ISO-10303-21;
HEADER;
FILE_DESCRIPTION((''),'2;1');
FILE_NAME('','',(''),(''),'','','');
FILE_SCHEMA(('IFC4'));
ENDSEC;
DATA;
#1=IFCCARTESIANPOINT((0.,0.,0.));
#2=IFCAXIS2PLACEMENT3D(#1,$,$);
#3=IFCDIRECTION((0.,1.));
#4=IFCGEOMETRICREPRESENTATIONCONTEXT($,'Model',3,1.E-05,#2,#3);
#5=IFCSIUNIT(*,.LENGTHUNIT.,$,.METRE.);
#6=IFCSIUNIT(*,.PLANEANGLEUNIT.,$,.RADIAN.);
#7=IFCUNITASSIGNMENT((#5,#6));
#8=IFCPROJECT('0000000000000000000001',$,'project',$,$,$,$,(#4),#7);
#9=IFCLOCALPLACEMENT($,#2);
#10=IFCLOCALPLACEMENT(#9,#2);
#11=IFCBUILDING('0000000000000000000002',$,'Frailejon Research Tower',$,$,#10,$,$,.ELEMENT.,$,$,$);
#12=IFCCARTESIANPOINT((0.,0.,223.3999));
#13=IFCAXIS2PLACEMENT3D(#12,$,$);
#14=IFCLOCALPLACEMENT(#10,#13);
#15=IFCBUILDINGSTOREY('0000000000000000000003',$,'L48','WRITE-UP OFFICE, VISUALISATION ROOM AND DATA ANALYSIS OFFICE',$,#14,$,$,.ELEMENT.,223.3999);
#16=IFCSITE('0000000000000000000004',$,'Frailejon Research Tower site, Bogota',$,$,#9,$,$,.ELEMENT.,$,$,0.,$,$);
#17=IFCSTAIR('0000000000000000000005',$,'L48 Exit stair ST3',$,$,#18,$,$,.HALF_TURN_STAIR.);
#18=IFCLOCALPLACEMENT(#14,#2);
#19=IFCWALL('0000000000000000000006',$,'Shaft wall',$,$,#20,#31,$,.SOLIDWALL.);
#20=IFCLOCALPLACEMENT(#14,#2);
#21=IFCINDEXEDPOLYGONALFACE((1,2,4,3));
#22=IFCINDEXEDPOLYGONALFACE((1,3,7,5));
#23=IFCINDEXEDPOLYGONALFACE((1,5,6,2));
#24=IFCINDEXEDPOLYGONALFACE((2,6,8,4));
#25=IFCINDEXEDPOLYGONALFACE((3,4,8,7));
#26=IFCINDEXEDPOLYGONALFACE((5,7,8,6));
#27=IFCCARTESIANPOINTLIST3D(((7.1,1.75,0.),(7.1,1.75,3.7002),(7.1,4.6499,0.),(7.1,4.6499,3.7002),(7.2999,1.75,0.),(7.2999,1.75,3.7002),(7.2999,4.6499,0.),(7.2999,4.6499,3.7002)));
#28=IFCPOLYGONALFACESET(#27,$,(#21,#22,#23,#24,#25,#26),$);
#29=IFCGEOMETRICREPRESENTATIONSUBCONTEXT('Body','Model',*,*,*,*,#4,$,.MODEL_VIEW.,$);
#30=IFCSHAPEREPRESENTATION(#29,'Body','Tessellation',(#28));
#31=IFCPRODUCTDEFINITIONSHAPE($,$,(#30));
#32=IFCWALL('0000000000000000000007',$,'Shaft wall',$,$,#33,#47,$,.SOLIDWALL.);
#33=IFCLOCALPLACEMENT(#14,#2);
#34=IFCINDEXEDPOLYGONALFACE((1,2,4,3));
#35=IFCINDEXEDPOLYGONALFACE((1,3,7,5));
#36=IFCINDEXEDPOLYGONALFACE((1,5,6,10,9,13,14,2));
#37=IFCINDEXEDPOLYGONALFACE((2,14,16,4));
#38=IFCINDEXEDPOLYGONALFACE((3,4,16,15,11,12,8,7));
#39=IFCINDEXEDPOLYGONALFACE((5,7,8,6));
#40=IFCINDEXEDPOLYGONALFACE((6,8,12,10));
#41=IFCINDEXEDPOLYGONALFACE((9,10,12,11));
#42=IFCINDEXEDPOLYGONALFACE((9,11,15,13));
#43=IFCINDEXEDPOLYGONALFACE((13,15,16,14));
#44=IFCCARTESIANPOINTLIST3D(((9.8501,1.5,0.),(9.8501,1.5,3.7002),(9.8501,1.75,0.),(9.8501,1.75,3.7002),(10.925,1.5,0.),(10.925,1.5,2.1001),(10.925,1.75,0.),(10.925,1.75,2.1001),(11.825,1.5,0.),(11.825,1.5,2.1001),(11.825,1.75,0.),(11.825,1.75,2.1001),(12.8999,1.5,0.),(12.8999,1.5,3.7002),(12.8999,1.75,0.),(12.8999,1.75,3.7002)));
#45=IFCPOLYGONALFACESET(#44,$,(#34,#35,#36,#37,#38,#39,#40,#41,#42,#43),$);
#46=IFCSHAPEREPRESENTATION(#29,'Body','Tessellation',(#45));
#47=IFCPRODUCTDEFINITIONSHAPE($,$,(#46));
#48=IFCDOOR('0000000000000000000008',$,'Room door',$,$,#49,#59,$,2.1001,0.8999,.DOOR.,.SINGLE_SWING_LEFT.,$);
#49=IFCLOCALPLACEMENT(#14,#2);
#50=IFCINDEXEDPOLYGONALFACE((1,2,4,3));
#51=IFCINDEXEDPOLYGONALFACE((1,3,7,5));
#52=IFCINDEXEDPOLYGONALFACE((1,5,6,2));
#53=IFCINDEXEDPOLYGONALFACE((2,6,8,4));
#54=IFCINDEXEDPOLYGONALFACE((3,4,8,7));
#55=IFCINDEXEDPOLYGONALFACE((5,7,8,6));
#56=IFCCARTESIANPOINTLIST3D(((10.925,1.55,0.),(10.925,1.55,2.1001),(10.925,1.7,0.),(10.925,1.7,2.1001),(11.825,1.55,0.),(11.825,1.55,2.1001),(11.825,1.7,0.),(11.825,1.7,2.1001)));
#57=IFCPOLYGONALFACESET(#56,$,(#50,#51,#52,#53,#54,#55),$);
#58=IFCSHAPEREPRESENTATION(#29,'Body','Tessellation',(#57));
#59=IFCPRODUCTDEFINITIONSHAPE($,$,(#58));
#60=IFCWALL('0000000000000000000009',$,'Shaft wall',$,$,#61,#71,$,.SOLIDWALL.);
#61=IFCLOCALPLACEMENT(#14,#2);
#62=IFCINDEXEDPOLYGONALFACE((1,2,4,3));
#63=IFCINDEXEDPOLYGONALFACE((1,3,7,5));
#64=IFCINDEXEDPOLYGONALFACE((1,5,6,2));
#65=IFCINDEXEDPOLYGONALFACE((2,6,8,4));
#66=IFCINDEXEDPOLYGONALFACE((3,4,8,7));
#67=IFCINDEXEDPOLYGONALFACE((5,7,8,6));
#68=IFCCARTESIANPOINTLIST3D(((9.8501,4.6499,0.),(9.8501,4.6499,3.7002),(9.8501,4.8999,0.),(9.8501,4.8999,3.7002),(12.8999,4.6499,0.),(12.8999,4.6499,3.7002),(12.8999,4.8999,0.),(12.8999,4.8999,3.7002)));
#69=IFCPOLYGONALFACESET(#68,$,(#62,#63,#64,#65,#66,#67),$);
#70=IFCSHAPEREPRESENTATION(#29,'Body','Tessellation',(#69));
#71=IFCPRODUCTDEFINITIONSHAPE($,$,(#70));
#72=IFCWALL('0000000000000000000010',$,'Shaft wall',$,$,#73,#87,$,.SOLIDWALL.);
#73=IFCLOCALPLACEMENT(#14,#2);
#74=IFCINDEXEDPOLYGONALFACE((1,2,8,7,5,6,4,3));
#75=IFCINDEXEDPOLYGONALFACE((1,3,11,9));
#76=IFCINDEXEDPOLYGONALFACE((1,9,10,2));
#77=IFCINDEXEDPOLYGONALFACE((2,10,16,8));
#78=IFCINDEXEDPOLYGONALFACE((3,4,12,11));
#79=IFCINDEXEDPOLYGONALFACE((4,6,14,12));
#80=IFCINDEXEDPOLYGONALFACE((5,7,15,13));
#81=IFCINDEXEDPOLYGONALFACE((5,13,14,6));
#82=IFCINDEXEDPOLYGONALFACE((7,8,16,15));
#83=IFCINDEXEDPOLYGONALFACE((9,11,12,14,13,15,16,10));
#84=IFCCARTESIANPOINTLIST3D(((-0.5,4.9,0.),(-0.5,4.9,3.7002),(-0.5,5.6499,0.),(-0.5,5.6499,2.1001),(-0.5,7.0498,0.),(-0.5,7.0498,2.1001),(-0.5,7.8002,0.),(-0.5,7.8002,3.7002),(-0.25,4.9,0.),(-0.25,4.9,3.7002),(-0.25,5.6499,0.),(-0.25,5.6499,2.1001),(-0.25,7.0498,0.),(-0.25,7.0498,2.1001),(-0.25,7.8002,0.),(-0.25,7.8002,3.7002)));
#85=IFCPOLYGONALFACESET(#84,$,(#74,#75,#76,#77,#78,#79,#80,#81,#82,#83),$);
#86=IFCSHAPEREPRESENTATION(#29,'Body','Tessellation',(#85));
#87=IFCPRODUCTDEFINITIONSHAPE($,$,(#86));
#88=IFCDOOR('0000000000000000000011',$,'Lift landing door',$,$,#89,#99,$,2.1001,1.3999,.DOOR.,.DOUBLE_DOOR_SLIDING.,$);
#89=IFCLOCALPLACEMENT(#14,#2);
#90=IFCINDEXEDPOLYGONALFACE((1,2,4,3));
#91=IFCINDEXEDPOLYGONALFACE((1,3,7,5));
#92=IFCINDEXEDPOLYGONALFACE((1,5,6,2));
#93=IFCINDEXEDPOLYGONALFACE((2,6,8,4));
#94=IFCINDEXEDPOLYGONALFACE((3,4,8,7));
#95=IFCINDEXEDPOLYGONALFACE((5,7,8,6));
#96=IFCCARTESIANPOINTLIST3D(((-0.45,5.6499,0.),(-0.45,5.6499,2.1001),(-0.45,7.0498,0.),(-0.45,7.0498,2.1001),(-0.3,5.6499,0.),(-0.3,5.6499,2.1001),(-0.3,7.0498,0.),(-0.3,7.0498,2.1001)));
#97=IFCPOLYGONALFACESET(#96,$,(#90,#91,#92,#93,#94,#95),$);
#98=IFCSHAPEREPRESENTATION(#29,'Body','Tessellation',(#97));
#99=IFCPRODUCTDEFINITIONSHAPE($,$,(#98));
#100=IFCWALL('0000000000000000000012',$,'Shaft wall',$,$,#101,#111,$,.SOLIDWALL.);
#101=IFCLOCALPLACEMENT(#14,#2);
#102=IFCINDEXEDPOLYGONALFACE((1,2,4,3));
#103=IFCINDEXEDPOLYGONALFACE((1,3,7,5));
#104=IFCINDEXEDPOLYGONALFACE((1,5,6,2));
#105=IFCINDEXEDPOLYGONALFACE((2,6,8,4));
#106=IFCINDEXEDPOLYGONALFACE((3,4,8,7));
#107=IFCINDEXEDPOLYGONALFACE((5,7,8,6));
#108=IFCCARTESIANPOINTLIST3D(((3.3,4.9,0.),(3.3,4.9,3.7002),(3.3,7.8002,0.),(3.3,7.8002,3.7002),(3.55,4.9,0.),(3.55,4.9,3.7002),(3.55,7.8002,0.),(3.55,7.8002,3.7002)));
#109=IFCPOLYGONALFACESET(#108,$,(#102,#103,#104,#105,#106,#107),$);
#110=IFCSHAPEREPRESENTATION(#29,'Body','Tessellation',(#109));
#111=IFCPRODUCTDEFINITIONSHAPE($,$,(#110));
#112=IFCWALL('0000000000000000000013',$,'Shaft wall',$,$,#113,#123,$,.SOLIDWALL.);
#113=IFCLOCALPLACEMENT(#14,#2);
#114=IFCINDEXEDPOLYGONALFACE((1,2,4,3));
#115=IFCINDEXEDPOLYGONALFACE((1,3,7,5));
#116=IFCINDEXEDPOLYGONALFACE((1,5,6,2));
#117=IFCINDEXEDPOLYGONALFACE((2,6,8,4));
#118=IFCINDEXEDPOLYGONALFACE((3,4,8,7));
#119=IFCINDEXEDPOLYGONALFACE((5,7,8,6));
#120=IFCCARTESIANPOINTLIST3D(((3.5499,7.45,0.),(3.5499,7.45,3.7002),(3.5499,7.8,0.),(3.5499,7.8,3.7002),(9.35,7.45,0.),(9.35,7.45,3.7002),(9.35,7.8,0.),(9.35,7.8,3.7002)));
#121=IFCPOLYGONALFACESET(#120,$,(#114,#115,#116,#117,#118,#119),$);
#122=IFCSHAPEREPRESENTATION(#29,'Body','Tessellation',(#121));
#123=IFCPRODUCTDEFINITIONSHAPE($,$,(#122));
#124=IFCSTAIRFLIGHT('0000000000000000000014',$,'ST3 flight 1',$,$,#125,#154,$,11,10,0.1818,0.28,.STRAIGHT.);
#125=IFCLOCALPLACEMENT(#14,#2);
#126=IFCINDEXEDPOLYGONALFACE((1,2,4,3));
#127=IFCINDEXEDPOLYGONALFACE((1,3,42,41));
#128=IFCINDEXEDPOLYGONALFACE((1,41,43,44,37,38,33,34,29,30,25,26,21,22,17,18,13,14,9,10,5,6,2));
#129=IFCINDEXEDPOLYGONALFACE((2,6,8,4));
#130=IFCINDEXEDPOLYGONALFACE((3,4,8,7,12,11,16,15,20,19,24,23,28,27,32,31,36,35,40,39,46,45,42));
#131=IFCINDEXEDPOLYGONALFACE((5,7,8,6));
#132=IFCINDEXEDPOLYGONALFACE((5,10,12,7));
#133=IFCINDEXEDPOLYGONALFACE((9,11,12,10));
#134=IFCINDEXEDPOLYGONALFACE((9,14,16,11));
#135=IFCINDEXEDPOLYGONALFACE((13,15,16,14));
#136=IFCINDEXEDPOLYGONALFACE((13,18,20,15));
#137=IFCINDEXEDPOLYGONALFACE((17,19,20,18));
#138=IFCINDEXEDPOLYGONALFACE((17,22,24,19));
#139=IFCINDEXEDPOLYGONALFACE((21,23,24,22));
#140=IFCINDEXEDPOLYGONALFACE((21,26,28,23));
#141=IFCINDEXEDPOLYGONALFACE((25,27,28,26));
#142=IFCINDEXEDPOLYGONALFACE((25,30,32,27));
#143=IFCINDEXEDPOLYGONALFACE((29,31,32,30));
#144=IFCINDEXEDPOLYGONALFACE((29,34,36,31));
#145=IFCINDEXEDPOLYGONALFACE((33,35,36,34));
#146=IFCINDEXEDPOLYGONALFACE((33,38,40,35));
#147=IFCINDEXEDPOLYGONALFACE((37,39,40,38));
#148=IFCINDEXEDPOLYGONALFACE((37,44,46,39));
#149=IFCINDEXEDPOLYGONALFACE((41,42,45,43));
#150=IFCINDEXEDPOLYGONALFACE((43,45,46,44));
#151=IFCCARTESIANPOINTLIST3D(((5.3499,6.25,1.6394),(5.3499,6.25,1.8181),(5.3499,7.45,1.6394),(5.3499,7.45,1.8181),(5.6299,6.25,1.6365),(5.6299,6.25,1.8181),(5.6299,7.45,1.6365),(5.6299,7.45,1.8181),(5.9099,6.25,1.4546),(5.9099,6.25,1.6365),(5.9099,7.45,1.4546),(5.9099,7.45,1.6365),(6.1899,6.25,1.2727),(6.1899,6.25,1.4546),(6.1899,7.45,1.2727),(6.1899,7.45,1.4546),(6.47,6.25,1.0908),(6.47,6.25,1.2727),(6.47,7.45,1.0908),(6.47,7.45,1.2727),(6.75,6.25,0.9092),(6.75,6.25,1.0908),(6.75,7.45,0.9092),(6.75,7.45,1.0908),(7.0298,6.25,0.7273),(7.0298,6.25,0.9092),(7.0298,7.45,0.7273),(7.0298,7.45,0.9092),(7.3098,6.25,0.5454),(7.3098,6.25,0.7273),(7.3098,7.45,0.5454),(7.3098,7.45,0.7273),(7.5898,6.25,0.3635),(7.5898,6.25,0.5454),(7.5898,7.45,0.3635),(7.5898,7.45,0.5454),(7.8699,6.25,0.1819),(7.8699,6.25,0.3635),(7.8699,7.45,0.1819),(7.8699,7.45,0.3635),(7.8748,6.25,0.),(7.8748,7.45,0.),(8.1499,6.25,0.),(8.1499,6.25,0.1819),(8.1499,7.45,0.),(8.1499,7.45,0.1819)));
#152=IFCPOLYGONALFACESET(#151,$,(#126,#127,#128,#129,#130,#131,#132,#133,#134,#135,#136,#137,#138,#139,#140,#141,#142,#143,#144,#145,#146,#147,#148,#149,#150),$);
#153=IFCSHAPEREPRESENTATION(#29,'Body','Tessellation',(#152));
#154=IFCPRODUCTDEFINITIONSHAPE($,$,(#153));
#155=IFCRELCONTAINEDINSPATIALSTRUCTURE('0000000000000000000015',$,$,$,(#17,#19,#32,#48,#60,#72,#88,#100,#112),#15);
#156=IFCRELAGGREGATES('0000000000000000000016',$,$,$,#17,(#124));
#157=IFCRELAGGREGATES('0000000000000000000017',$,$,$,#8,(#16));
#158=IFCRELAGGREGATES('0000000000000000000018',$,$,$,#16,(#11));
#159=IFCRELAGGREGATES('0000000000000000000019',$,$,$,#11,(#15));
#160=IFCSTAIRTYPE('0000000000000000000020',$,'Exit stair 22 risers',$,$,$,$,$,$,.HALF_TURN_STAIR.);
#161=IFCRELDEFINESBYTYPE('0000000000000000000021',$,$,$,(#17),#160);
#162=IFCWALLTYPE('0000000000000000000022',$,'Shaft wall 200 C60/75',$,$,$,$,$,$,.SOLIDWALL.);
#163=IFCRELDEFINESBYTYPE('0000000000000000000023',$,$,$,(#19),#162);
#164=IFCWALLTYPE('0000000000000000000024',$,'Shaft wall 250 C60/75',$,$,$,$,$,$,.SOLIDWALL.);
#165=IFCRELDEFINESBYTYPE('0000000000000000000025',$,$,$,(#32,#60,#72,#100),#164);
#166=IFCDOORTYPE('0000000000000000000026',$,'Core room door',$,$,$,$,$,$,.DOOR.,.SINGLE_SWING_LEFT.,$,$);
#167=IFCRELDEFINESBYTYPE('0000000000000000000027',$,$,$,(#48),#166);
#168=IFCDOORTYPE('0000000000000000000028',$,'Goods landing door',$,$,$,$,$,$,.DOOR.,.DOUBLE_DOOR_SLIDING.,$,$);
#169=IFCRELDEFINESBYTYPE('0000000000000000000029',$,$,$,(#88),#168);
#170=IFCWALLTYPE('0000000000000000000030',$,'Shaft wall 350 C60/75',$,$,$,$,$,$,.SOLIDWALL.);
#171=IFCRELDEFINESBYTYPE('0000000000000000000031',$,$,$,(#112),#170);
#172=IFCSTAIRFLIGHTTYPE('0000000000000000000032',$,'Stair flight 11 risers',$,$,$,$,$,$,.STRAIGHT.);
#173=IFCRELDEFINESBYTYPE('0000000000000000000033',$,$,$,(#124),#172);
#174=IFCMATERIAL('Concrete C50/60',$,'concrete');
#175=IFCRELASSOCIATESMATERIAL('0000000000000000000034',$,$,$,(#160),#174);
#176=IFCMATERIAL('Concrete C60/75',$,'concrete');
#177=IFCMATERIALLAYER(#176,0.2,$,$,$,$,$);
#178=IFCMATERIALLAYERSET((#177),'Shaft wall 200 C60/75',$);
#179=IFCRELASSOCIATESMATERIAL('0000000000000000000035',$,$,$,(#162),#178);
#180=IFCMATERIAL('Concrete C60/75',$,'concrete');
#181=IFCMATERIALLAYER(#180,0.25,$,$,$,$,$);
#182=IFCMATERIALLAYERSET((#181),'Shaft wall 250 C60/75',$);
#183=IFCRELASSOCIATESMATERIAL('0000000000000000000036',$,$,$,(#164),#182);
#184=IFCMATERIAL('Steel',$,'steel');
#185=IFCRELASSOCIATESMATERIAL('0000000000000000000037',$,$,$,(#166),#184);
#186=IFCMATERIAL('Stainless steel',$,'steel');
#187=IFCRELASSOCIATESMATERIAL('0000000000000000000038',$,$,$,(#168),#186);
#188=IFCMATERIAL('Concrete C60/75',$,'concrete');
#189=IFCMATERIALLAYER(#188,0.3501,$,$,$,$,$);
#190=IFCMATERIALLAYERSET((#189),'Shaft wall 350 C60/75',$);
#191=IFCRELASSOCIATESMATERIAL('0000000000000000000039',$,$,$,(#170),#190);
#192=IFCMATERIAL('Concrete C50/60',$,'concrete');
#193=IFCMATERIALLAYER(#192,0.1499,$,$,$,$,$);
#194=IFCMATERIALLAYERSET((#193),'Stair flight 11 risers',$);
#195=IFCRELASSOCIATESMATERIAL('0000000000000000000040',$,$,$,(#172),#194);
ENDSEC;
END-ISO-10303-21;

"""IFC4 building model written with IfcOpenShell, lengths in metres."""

from ifc_helpers import new_model, si_unit, direction, frame, frame_2d, origin, place, context, subcontext, project, spatial, polyline, rectangle, outline, extrude, material, layer, layer_set, type_object, element, fill, aggregate, save


model = new_model("IFC4")

# Units and contexts
model_context = context("Model", 3, precision=1e-05, world=origin(), true_north=direction((0.0, 1.0)))
body_context = subcontext(model_context, "Body", "Model", "MODEL_VIEW")
ifc_project = project(units=[si_unit("LENGTHUNIT", "METRE"), si_unit("PLANEANGLEUNIT", "RADIAN")], contexts=[model_context])

# Site, building, storey
site_placement = place(None, origin())
site = spatial("IfcSite", under=ifc_project, at=site_placement, Name="Frailejon Research Tower site, Bogota", CompositionType="ELEMENT", RefElevation=0.0)
building_placement = place(site_placement, origin())
building = spatial("IfcBuilding", under=site, at=building_placement, Name="Frailejon Research Tower", CompositionType="ELEMENT")
storey_placement = place(building_placement, frame((0.0, 0.0, 223.3999)))
storey = spatial("IfcBuildingStorey", under=building, at=storey_placement, Name="L48", Description="WRITE-UP OFFICE, VISUALISATION ROOM AND DATA ANALYSIS OFFICE", CompositionType="ELEMENT", Elevation=223.3999)

# Stair
ifc_material_1 = material(Name="Concrete C50/60", Category="concrete")
stair_type = type_object("IfcStairType", Name="Exit stair 22 risers", PredefinedType="HALF_TURN_STAIR", material=ifc_material_1)
stair_1_placement = place(storey_placement, origin())
stair_1 = element("IfcStair", 1, at=stair_1_placement, inside=storey, type_object=stair_type, Name="L48 Exit stair ST3", PredefinedType="HALF_TURN_STAIR")

# Wall
ifc_material_2 = material(Name="Concrete C60/75", Category="concrete")
ifc_layer_1 = layer(ifc_material_2, 0.2)
ifc_layer_set_1 = layer_set([ifc_layer_1], Name="Shaft wall 200 C60/75")
wall_type_1 = type_object("IfcWallType", Name="Shaft wall 200 C60/75", PredefinedType="SOLIDWALL", material=ifc_layer_set_1)
for number, where, z_axis, x_axis, name in (
    (2, (7.2, 1.75, 0.0), (0.0, 0.0, 1.0), (0.0, 1.0, 0.0), "Shaft wall"),
):
    element("IfcWall", number, at=place(storey_placement, frame(where, z_axis=z_axis, x_axis=x_axis)), inside=storey, type_object=wall_type_1, Name=name, PredefinedType="SOLIDWALL", context=body_context, shape_type="SweptSolid", body=[
        extrude(rectangle(XDim=2.8999, YDim=0.2, at=frame_2d((1.45, 0.0))), origin(), (0.0, 0.0, 1.0), 3.7002),
    ])

# Wall, opening, door
ifc_material_3 = material(Name="Concrete C60/75", Category="concrete")
ifc_layer_2 = layer(ifc_material_3, 0.25)
ifc_layer_set_2 = layer_set([ifc_layer_2], Name="Shaft wall 250 C60/75")
wall_type_2 = type_object("IfcWallType", Name="Shaft wall 250 C60/75", PredefinedType="SOLIDWALL", material=ifc_layer_set_2)
wall_1_placement = place(storey_placement, frame((9.8501, 1.625, 0.0), z_axis=(0.0, 0.0, 1.0), x_axis=(1.0, 0.0, 0.0)))
wall_1 = element("IfcWall", 3, at=wall_1_placement, inside=storey, type_object=wall_type_2, Name="Shaft wall", PredefinedType="SOLIDWALL", context=body_context, shape_type="SweptSolid", body=[
    extrude(rectangle(XDim=3.0498, YDim=0.25, at=frame_2d((1.5249, 0.0))), origin(), (0.0, 0.0, 1.0), 3.7002),
])
opening_1_placement = place(wall_1_placement, frame((1.075, 0.0, 0.0)))
opening_1 = element("IfcOpeningElement", 4, at=opening_1_placement, cuts=wall_1, PredefinedType="OPENING", context=body_context, shape_type="SweptSolid", body=[
    extrude(rectangle(XDim=0.8999, YDim=2.1001, at=frame_2d((0.45, 1.05))), frame((0.0, 0.135, 0.0), z_axis=(0.0, -1.0, 0.0), x_axis=(1.0, 0.0, 0.0)), (0.0, 0.0, 1.0), 0.27),
])
ifc_material_4 = material(Name="Steel", Category="steel")
door_type_1 = type_object("IfcDoorType", Name="Core room door", OperationType="SINGLE_SWING_LEFT", PredefinedType="DOOR", material=ifc_material_4)
door_1_placement = place(opening_1_placement, origin())
door_1 = element("IfcDoor", 5, at=door_1_placement, inside=storey, type_object=door_type_1, Name="Room door", OperationType="SINGLE_SWING_LEFT", OverallHeight=2.1001, OverallWidth=0.8999, PredefinedType="DOOR", context=body_context, shape_type="SweptSolid", body=[
    extrude(rectangle(XDim=0.8999, YDim=2.1001, at=frame_2d((0.45, 1.05))), frame((0.0, 0.075, 0.0), z_axis=(0.0, -1.0, 0.0), x_axis=(1.0, 0.0, 0.0)), (0.0, 0.0, 1.0), 0.1499),
])
fill(opening_1, door_1)

# Wall
wall_2_placement = place(storey_placement, frame((9.8501, 4.7749, 0.0), z_axis=(0.0, 0.0, 1.0), x_axis=(1.0, 0.0, 0.0)))
element("IfcWall", 6, at=wall_2_placement, inside=storey, type_object=wall_type_2, Name="Shaft wall", PredefinedType="SOLIDWALL", context=body_context, shape_type="SweptSolid", body=[
    extrude(rectangle(XDim=3.0498, YDim=0.25, at=frame_2d((1.5249, 0.0))), origin(), (0.0, 0.0, 1.0), 3.7002),
])

# Wall, opening, door
wall_3_placement = place(storey_placement, frame((-0.375, 4.8999, 0.0), z_axis=(0.0, 0.0, 1.0), x_axis=(0.0, 1.0, 0.0)))
wall_3 = element("IfcWall", 7, at=wall_3_placement, inside=storey, type_object=wall_type_2, Name="Shaft wall", PredefinedType="SOLIDWALL", context=body_context, shape_type="SweptSolid", body=[
    extrude(rectangle(XDim=2.9001, YDim=0.25, at=frame_2d((1.4502, 0.0))), origin(), (0.0, 0.0, 1.0), 3.7002),
])
opening_2_placement = place(wall_3_placement, frame((0.75, 0.0, 0.0)))
opening_2 = element("IfcOpeningElement", 8, at=opening_2_placement, cuts=wall_3, PredefinedType="OPENING", context=body_context, shape_type="SweptSolid", body=[
    extrude(rectangle(XDim=1.3999, YDim=2.1001, at=frame_2d((0.7, 1.05))), frame((0.0, 0.135, 0.0), z_axis=(0.0, -1.0, 0.0), x_axis=(1.0, 0.0, 0.0)), (0.0, 0.0, 1.0), 0.27),
])
ifc_material_5 = material(Name="Stainless steel", Category="steel")
door_type_2 = type_object("IfcDoorType", Name="Goods landing door", OperationType="DOUBLE_DOOR_SLIDING", PredefinedType="DOOR", material=ifc_material_5)
door_2_placement = place(opening_2_placement, origin())
door_2 = element("IfcDoor", 9, at=door_2_placement, inside=storey, type_object=door_type_2, Name="Lift landing door", OperationType="DOUBLE_DOOR_SLIDING", OverallHeight=2.1001, OverallWidth=1.3999, PredefinedType="DOOR", context=body_context, shape_type="SweptSolid", body=[
    extrude(rectangle(XDim=1.3999, YDim=2.1001, at=frame_2d((0.7, 1.05))), frame((0.0, 0.075, 0.0), z_axis=(0.0, -1.0, 0.0), x_axis=(1.0, 0.0, 0.0)), (0.0, 0.0, 1.0), 0.1499),
])
fill(opening_2, door_2)

# Walls
wall_4_placement = place(storey_placement, frame((3.425, 4.8999, 0.0), z_axis=(0.0, 0.0, 1.0), x_axis=(0.0, 1.0, 0.0)))
element("IfcWall", 10, at=wall_4_placement, inside=storey, type_object=wall_type_2, Name="Shaft wall", PredefinedType="SOLIDWALL", context=body_context, shape_type="SweptSolid", body=[
    extrude(rectangle(XDim=2.9001, YDim=0.25, at=frame_2d((1.4502, 0.0))), origin(), (0.0, 0.0, 1.0), 3.7002),
])
ifc_material_6 = material(Name="Concrete C60/75", Category="concrete")
ifc_layer_3 = layer(ifc_material_6, 0.3501)
ifc_layer_set_3 = layer_set([ifc_layer_3], Name="Shaft wall 350 C60/75")
wall_type_3 = type_object("IfcWallType", Name="Shaft wall 350 C60/75", PredefinedType="SOLIDWALL", material=ifc_layer_set_3)
wall_5_placement = place(storey_placement, frame((3.55, 7.625, 0.0), z_axis=(0.0, 0.0, 1.0), x_axis=(1.0, 0.0, 0.0)))
element("IfcWall", 11, at=wall_5_placement, inside=storey, type_object=wall_type_3, Name="Shaft wall", PredefinedType="SOLIDWALL", context=body_context, shape_type="SweptSolid", body=[
    extrude(rectangle(XDim=5.8, YDim=0.3501, at=frame_2d((2.8999, 0.0))), origin(), (0.0, 0.0, 1.0), 3.7002),
])

# Stair flight
ifc_material_7 = material(Name="Concrete C50/60", Category="concrete")
ifc_layer_4 = layer(ifc_material_7, 0.1499)
ifc_layer_set_4 = layer_set([ifc_layer_4], Name="Stair flight 11 risers")
stair_flight_type = type_object("IfcStairFlightType", Name="Stair flight 11 risers", PredefinedType="STRAIGHT", material=ifc_layer_set_4)
stair_flight_1_placement = place(storey_placement, frame((8.1499, 6.8501, 0.0), z_axis=(0.0, 0.0, 1.0), x_axis=(-1.0, 0.0, 0.0)))
stair_flight_1 = element("IfcStairFlight", 12, at=stair_flight_1_placement, type_object=stair_flight_type, Name="ST3 flight 1", NumberOfRisers=11, NumberOfTreads=10, PredefinedType="STRAIGHT", RiserHeight=0.1818, TreadLength=0.28, context=body_context, shape_type="SweptSolid", body=[
    extrude(outline(polyline([(0.0, 0.0), (0.0, 0.1819), (0.28, 0.1819), (0.28, 0.3635), (0.5601, 0.3635), (0.5601, 0.5454), (0.8401, 0.5454), (0.8401, 0.7273), (1.1201, 0.7273), (1.1201, 0.9092), (1.3999, 0.9092), (1.3999, 1.0908), (1.6799, 1.0908), (1.6799, 1.2727), (1.96, 1.2727), (1.96, 1.4546), (2.24, 1.4546), (2.24, 1.6365), (2.52, 1.6365), (2.52, 1.8181), (2.8, 1.8181), (2.8, 2.0), (2.8, 1.6394), (0.2751, 0.0), (0.0, 0.0)])), frame((0.0, 0.6001, 0.0), z_axis=(0.0, -1.0, 0.0), x_axis=(1.0, 0.0, 0.0)), (0.0, 0.0, 1.0), 1.2),
])
aggregate(stair_1, [stair_flight_1])

save(model, "model.ifc")
